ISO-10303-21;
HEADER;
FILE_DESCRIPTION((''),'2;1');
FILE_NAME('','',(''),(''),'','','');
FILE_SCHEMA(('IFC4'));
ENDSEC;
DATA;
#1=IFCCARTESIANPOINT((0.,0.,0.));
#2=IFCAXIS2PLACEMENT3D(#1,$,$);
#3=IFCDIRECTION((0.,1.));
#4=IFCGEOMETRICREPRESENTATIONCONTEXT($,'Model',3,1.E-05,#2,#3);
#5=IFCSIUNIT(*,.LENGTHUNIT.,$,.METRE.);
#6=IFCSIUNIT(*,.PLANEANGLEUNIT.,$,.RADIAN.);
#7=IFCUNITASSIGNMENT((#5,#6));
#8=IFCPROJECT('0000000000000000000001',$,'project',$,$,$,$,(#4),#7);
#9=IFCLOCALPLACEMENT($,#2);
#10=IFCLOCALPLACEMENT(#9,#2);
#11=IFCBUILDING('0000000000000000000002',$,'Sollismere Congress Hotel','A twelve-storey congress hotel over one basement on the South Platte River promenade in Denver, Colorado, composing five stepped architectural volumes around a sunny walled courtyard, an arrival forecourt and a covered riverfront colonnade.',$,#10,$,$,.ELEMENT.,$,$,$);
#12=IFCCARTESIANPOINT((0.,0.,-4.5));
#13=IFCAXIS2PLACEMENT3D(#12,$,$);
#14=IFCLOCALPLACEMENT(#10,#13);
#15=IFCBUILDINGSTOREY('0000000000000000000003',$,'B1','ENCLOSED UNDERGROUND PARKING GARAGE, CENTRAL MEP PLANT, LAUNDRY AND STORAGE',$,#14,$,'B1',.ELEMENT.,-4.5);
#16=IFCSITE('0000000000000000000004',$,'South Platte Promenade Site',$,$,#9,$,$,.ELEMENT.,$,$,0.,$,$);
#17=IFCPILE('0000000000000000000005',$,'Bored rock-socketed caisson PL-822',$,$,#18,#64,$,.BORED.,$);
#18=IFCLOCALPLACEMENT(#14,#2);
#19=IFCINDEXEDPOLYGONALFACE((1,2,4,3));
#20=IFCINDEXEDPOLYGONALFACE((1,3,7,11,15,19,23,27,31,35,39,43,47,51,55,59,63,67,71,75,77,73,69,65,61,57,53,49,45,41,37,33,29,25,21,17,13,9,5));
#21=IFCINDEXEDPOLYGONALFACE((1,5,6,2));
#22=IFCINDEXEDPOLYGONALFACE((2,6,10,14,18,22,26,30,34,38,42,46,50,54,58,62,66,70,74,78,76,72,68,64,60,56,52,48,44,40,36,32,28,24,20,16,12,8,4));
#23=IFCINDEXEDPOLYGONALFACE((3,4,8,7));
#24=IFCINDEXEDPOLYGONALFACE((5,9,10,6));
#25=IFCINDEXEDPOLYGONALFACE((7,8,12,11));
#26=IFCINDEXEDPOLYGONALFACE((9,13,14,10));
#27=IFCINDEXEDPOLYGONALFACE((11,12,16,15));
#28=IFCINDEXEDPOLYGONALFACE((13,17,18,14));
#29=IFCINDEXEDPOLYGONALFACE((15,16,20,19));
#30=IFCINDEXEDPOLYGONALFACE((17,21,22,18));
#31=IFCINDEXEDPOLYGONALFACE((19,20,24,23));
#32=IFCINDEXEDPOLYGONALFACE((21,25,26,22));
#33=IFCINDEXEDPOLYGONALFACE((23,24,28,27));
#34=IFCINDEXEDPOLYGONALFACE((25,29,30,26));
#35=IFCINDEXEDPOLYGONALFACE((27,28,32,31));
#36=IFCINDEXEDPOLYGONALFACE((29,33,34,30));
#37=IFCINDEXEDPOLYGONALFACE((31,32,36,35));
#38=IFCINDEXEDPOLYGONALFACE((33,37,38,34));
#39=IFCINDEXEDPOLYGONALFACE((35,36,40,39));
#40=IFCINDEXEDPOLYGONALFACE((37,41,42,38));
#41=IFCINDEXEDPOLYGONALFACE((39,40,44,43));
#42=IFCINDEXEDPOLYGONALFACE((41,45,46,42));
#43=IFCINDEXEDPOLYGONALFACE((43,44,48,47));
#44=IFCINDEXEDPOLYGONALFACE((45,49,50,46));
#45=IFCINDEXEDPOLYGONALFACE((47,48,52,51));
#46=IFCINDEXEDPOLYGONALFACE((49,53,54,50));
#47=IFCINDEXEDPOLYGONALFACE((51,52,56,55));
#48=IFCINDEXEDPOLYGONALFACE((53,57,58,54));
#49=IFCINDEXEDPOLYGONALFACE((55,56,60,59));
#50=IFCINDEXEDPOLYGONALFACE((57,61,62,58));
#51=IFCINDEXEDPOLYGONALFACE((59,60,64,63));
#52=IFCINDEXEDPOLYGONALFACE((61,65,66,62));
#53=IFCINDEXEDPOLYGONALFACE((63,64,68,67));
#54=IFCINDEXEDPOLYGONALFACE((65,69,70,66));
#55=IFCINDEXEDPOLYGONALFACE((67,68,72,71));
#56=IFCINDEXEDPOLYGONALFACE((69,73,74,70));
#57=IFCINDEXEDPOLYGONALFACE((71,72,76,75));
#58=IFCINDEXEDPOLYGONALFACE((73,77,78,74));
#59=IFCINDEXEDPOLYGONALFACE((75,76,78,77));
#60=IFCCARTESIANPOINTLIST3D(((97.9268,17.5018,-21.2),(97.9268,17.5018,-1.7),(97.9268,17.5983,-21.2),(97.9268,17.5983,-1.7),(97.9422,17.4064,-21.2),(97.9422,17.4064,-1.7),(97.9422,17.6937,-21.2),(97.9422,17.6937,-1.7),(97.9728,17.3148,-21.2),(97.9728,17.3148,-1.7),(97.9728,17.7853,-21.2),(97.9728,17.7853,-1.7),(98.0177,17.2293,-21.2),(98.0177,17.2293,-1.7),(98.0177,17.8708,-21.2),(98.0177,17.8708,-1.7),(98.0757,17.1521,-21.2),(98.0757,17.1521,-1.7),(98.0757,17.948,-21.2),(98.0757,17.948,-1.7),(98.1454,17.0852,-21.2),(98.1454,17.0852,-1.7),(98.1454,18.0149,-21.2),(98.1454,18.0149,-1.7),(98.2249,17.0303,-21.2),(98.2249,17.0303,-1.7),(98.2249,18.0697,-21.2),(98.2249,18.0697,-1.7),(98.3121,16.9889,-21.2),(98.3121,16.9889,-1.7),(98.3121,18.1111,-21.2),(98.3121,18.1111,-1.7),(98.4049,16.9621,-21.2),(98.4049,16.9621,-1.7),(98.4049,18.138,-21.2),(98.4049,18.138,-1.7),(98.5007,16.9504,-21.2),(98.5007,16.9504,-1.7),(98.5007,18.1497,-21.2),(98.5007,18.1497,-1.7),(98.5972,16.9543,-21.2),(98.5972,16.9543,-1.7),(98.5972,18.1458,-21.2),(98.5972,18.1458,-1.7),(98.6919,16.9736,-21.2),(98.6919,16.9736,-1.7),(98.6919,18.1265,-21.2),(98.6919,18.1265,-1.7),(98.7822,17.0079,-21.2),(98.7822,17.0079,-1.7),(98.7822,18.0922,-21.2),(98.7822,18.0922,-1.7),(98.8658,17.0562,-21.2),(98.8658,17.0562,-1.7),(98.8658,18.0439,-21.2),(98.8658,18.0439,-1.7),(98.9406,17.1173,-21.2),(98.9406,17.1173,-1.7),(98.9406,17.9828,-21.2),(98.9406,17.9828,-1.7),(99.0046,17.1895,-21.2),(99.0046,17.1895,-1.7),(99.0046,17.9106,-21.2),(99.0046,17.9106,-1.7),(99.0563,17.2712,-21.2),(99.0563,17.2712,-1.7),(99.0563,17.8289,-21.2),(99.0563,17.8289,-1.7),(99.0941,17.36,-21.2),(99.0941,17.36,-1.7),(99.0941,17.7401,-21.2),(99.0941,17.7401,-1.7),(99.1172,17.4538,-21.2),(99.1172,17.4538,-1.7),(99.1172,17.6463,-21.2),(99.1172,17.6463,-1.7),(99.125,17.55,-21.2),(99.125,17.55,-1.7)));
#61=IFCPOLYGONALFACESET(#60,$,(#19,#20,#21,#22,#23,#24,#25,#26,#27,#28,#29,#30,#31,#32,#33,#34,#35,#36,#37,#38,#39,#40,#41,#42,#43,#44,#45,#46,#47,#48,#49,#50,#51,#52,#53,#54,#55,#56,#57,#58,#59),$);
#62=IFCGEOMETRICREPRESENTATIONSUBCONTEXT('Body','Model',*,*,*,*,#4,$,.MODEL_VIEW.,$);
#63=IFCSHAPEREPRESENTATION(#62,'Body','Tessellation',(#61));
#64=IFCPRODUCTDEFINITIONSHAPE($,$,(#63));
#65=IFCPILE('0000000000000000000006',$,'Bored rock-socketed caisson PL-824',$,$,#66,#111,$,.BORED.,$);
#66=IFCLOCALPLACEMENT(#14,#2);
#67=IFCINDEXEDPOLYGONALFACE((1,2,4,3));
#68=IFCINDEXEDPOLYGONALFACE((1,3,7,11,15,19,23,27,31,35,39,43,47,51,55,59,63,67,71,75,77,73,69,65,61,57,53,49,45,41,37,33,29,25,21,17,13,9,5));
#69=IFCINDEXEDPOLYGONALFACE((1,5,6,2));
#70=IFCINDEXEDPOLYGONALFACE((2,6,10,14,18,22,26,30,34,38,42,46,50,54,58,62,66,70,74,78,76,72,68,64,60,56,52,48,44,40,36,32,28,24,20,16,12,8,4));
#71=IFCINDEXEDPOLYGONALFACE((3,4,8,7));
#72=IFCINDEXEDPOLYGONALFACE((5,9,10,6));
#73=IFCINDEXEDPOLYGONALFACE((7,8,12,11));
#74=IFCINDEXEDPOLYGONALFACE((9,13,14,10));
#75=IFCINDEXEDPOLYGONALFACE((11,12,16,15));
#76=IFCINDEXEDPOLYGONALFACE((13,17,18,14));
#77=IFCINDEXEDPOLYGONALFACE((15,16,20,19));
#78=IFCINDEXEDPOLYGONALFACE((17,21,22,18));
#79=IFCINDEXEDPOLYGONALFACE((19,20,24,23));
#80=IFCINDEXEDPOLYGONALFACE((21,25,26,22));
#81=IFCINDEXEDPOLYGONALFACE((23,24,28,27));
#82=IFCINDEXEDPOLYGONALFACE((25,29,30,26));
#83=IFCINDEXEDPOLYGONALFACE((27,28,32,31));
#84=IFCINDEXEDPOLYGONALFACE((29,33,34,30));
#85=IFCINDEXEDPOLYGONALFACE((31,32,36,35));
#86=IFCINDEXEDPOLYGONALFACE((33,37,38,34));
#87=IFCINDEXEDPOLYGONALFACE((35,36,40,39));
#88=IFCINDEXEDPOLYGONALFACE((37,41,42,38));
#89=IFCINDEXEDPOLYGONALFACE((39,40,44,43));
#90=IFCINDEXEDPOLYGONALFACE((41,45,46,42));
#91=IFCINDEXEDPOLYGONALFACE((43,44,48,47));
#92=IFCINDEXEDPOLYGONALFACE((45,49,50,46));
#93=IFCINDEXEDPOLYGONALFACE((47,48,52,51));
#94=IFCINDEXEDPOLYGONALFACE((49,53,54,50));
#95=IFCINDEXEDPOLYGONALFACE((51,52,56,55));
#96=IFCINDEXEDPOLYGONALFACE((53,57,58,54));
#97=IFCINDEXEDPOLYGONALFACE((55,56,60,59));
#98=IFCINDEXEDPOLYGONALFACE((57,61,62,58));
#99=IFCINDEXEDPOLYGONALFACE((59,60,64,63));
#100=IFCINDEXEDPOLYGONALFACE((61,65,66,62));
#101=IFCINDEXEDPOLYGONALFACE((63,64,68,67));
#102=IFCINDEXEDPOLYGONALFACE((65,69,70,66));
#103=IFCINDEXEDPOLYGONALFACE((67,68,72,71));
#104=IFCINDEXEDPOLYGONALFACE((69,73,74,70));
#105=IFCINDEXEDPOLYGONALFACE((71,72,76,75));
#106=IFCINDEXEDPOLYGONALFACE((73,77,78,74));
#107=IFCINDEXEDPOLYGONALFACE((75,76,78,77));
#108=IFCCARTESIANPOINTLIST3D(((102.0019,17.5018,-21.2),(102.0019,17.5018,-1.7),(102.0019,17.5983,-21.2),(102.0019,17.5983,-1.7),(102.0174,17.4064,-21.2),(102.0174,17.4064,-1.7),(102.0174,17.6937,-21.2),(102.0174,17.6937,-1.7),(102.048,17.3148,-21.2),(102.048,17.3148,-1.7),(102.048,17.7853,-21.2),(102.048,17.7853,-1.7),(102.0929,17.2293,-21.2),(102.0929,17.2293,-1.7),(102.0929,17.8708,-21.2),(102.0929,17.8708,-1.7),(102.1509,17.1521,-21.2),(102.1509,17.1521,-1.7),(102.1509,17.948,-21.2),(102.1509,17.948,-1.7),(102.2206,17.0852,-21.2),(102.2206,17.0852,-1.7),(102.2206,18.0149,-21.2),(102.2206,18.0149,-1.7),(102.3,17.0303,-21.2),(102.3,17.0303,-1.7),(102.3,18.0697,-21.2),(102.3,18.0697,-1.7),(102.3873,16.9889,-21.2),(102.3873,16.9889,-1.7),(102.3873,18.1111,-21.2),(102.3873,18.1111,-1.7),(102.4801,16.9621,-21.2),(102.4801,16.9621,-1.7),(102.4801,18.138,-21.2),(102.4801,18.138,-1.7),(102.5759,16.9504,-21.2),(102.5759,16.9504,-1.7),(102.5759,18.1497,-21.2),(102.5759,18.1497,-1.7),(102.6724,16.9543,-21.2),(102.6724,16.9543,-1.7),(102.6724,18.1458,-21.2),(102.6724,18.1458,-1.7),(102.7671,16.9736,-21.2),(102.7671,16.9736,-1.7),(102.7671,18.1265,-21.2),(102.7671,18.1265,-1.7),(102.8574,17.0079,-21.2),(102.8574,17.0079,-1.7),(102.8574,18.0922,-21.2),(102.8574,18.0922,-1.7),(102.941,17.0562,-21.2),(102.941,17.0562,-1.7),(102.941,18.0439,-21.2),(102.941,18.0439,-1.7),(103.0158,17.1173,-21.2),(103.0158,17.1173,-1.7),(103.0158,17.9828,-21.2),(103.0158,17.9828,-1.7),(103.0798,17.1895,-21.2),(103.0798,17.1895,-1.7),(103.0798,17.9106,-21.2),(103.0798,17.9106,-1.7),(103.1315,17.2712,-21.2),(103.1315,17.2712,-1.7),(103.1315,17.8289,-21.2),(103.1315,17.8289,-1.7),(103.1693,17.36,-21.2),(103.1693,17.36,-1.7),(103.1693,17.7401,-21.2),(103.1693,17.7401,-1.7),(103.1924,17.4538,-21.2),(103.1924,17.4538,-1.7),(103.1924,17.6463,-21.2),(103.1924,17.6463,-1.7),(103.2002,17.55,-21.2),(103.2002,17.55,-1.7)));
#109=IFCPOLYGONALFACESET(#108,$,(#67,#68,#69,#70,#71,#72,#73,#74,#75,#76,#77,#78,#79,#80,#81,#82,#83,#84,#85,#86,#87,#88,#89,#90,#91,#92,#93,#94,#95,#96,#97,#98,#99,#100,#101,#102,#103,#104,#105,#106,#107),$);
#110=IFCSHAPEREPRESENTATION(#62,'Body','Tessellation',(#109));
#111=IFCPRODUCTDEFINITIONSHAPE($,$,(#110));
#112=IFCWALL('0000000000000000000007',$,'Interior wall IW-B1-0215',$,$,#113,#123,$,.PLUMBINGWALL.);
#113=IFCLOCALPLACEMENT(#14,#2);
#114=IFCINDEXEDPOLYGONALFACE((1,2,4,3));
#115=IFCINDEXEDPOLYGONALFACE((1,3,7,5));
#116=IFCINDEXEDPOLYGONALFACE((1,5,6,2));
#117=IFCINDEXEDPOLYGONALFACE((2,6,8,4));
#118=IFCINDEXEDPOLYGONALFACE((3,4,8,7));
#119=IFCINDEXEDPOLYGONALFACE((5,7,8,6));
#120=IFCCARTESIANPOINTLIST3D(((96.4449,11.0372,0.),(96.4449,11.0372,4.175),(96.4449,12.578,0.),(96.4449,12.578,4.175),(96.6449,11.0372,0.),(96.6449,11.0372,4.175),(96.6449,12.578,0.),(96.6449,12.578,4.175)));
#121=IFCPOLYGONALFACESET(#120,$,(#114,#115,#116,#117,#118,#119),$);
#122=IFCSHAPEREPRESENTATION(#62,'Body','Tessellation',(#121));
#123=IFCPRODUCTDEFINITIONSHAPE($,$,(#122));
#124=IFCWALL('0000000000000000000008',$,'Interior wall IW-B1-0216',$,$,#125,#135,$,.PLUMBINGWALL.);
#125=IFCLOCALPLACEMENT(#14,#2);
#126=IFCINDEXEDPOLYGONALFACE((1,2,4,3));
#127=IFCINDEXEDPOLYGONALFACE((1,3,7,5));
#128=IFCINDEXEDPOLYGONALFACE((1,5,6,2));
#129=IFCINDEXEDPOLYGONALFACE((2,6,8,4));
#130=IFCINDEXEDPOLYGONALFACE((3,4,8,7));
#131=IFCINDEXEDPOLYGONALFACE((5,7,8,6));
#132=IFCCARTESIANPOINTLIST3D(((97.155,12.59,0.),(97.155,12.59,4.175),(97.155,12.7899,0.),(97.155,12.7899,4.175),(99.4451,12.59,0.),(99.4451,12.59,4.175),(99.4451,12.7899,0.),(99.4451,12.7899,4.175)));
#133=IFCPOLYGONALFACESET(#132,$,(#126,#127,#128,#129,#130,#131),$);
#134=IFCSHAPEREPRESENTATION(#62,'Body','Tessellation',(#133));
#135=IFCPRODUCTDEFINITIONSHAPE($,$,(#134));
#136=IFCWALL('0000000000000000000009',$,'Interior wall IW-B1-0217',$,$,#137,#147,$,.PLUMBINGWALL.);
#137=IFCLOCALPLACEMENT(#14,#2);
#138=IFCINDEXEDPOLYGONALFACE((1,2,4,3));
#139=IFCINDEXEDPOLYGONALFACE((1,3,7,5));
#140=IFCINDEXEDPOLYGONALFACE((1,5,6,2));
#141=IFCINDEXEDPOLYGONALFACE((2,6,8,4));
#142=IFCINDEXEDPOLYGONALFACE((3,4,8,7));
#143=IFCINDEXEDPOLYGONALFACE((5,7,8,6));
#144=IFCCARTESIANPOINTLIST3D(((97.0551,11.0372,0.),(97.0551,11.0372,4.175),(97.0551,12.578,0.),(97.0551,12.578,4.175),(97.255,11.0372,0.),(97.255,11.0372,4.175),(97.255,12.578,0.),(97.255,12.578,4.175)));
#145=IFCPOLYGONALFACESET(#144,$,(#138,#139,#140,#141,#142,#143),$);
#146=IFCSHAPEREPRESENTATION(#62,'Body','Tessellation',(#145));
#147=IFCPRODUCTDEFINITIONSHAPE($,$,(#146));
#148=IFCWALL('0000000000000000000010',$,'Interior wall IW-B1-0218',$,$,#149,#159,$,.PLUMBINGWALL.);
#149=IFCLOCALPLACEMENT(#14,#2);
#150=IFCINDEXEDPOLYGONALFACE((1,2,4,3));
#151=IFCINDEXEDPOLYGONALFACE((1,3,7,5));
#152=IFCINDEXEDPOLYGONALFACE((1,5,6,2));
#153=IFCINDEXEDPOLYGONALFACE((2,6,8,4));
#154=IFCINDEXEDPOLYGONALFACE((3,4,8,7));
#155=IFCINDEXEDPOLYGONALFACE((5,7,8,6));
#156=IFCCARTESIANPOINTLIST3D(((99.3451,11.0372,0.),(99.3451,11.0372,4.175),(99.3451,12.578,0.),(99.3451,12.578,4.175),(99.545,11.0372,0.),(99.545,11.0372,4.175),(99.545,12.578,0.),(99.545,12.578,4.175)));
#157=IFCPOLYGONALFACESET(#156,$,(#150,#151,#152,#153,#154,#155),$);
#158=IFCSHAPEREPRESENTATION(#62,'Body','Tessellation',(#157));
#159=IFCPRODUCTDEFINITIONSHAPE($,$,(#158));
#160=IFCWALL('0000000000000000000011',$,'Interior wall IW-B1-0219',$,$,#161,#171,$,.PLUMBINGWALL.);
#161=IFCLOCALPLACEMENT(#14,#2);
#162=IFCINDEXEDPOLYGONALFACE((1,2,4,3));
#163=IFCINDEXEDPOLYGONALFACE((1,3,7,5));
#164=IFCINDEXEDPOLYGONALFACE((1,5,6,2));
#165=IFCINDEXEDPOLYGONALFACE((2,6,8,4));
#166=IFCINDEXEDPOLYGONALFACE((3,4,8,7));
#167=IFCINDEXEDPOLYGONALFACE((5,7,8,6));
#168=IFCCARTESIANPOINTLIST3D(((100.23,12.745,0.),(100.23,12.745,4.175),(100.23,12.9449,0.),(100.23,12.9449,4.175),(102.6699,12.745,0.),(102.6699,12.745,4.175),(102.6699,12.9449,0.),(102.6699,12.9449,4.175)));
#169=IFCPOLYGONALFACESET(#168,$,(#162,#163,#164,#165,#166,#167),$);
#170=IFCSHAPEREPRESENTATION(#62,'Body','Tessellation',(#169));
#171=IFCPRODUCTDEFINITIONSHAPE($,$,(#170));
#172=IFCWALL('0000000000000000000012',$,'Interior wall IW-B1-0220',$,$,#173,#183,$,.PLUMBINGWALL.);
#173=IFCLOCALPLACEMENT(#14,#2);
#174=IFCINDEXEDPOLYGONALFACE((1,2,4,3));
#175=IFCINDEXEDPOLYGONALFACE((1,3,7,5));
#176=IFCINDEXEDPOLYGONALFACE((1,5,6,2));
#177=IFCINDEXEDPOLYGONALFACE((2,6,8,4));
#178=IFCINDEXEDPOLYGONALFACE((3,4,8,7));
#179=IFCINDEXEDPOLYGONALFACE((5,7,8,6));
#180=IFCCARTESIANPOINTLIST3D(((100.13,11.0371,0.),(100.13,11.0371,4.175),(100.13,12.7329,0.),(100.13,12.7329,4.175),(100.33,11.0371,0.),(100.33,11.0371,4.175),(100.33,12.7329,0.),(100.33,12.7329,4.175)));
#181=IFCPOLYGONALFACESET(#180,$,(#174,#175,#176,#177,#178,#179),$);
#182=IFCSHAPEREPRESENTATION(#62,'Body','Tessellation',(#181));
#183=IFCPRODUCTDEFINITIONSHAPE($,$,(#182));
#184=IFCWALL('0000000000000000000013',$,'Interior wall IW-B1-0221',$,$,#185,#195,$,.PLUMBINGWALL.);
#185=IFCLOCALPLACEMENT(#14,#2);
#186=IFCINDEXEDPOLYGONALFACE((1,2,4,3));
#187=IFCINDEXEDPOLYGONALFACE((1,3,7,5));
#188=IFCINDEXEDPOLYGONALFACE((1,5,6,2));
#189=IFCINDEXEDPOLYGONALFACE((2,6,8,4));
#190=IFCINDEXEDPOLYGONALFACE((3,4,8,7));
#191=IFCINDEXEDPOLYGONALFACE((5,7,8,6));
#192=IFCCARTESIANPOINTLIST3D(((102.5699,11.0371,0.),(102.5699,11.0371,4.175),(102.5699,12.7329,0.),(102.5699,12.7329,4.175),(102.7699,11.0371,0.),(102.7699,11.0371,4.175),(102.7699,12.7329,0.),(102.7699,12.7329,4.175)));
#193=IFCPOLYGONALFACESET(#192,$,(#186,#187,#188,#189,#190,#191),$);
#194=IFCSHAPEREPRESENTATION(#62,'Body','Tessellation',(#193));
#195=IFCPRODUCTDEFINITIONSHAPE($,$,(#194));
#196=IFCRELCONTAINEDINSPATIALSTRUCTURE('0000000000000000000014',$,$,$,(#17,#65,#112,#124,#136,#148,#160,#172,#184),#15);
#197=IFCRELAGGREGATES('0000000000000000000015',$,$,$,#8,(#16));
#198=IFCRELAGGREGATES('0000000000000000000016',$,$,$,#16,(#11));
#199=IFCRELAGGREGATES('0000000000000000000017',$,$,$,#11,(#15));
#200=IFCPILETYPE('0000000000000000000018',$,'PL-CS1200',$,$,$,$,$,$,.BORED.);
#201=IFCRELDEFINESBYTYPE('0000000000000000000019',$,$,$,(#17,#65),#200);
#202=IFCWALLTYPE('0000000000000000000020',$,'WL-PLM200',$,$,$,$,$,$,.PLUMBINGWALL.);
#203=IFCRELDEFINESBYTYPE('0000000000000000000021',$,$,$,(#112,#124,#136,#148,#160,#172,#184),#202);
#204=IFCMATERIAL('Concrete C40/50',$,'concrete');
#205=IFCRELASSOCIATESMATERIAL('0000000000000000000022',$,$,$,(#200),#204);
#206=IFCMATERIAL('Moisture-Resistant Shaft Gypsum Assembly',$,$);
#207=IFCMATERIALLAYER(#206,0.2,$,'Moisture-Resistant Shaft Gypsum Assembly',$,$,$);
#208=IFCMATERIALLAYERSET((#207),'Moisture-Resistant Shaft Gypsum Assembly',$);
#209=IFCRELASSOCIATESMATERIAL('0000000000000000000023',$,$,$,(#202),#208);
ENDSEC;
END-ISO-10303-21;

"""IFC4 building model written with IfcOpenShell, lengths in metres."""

from ifc_helpers import new_model, si_unit, direction, frame, frame_2d, origin, origin_2d, place, context, subcontext, project, spatial, rectangle, circle, extrude, material, layer, layer_set, material_profile, profile_set, type_object, element, save


model = new_model("IFC4")

# Units and contexts
model_context = context("Model", 3, precision=1e-05, world=origin(), true_north=direction((0.0, 1.0)))
body_context = subcontext(model_context, "Body", "Model", "MODEL_VIEW")
ifc_project = project(units=[si_unit("LENGTHUNIT", "METRE"), si_unit("PLANEANGLEUNIT", "RADIAN")], contexts=[model_context])

# Site, building, storey
site_placement = place(None, origin())
site = spatial("IfcSite", under=ifc_project, at=site_placement, Name="South Platte Promenade Site", CompositionType="ELEMENT", RefElevation=0.0)
building_placement = place(site_placement, origin())
building = spatial("IfcBuilding", under=site, at=building_placement, Name="Sollismere Congress Hotel", Description="A twelve-storey congress hotel over one basement on the South Platte River promenade in Denver, Colorado, composing five stepped architectural volumes around a sunny walled courtyard, an arrival forecourt and a covered riverfront colonnade.", CompositionType="ELEMENT")
storey_placement = place(building_placement, frame((0.0, 0.0, -4.5)))
storey = spatial("IfcBuildingStorey", under=building, at=storey_placement, Name="B1", Description="ENCLOSED UNDERGROUND PARKING GARAGE, CENTRAL MEP PLANT, LAUNDRY AND STORAGE", LongName="B1", CompositionType="ELEMENT", Elevation=-4.5)

# Shared definitions
ifc_material_1 = material(Name="Concrete C40/50", Category="concrete")

# Piles
ifc_material_profile = material_profile(ifc_material_1, circle(Radius=0.6001, at=origin_2d()), Name="CAISSON1200")
ifc_profile_set = profile_set([ifc_material_profile], Name="Concrete C40/50")
pile_type = type_object("IfcPileType", Name="PL-CS1200", PredefinedType="BORED", material=ifc_profile_set)
for number, where, z_axis, x_axis, name in (
    (1, (98.5249, 17.55, -1.7), (0.0, 0.0, -1.0), (1.0, 0.0, 0.0), "Bored rock-socketed caisson PL-822"),
    (2, (102.6001, 17.55, -1.7), (0.0, 0.0, -1.0), (1.0, 0.0, 0.0), "Bored rock-socketed caisson PL-824"),
):
    element("IfcPile", number, at=place(storey_placement, frame(where, z_axis=z_axis, x_axis=x_axis)), inside=storey, type_object=pile_type, Name=name, PredefinedType="BORED", context=body_context, shape_type="SweptSolid", body=[
        extrude(circle(Radius=0.6001, at=origin_2d()), origin(), (0.0, 0.0, 1.0), 19.5),
    ])

# Walls
ifc_material_2 = material(Name="Moisture-Resistant Shaft Gypsum Assembly")
ifc_layer = layer(ifc_material_2, 0.2, Name="Moisture-Resistant Shaft Gypsum Assembly")
ifc_layer_set = layer_set([ifc_layer], Name="Moisture-Resistant Shaft Gypsum Assembly")
wall_type = type_object("IfcWallType", Name="WL-PLM200", PredefinedType="PLUMBINGWALL", material=ifc_layer_set)
wall_1_placement = place(storey_placement, frame((96.5449, 11.0371, 0.0), z_axis=(0.0, 0.0, 1.0), x_axis=(0.0, 1.0, 0.0)))
element("IfcWall", 3, at=wall_1_placement, inside=storey, type_object=wall_type, Name="Interior wall IW-B1-0215", PredefinedType="PLUMBINGWALL", context=body_context, shape_type="SweptSolid", body=[
    extrude(rectangle(XDim=1.5408, YDim=0.2, at=frame_2d((0.7705, 0.0))), origin(), (0.0, 0.0, 1.0), 4.175),
])
wall_2_placement = place(storey_placement, frame((97.155, 12.6899, 0.0), z_axis=(0.0, 0.0, 1.0), x_axis=(1.0, 0.0, 0.0)))
element("IfcWall", 4, at=wall_2_placement, inside=storey, type_object=wall_type, Name="Interior wall IW-B1-0216", PredefinedType="PLUMBINGWALL", context=body_context, shape_type="SweptSolid", body=[
    extrude(rectangle(XDim=2.29, YDim=0.2, at=frame_2d((1.145, 0.0))), origin(), (0.0, 0.0, 1.0), 4.175),
])
for number, where, z_axis, x_axis, name in (
    (5, (97.155, 11.0371, 0.0), (0.0, 0.0, 1.0), (0.0, 1.0, 0.0), "Interior wall IW-B1-0217"),
    (6, (99.4451, 11.0371, 0.0), (0.0, 0.0, 1.0), (0.0, 1.0, 0.0), "Interior wall IW-B1-0218"),
):
    element("IfcWall", number, at=place(storey_placement, frame(where, z_axis=z_axis, x_axis=x_axis)), inside=storey, type_object=wall_type, Name=name, PredefinedType="PLUMBINGWALL", context=body_context, shape_type="SweptSolid", body=[
        extrude(rectangle(XDim=1.5408, YDim=0.2, at=frame_2d((0.7705, 0.0))), origin(), (0.0, 0.0, 1.0), 4.175),
    ])
wall_3_placement = place(storey_placement, frame((100.23, 12.845, 0.0), z_axis=(0.0, 0.0, 1.0), x_axis=(1.0, 0.0, 0.0)))
element("IfcWall", 7, at=wall_3_placement, inside=storey, type_object=wall_type, Name="Interior wall IW-B1-0219", PredefinedType="PLUMBINGWALL", context=body_context, shape_type="SweptSolid", body=[
    extrude(rectangle(XDim=2.4399, YDim=0.2, at=frame_2d((1.22, 0.0))), origin(), (0.0, 0.0, 1.0), 4.175),
])
for number, where, z_axis, x_axis, name in (
    (8, (100.23, 11.0371, 0.0), (0.0, 0.0, 1.0), (0.0, 1.0, 0.0), "Interior wall IW-B1-0220"),
    (9, (102.6699, 11.0371, 0.0), (0.0, 0.0, 1.0), (0.0, 1.0, 0.0), "Interior wall IW-B1-0221"),
):
    element("IfcWall", number, at=place(storey_placement, frame(where, z_axis=z_axis, x_axis=x_axis)), inside=storey, type_object=wall_type, Name=name, PredefinedType="PLUMBINGWALL", context=body_context, shape_type="SweptSolid", body=[
        extrude(rectangle(XDim=1.6958, YDim=0.2, at=frame_2d((0.8479, 0.0))), origin(), (0.0, 0.0, 1.0), 4.175),
    ])

save(model, "model.ifc")
